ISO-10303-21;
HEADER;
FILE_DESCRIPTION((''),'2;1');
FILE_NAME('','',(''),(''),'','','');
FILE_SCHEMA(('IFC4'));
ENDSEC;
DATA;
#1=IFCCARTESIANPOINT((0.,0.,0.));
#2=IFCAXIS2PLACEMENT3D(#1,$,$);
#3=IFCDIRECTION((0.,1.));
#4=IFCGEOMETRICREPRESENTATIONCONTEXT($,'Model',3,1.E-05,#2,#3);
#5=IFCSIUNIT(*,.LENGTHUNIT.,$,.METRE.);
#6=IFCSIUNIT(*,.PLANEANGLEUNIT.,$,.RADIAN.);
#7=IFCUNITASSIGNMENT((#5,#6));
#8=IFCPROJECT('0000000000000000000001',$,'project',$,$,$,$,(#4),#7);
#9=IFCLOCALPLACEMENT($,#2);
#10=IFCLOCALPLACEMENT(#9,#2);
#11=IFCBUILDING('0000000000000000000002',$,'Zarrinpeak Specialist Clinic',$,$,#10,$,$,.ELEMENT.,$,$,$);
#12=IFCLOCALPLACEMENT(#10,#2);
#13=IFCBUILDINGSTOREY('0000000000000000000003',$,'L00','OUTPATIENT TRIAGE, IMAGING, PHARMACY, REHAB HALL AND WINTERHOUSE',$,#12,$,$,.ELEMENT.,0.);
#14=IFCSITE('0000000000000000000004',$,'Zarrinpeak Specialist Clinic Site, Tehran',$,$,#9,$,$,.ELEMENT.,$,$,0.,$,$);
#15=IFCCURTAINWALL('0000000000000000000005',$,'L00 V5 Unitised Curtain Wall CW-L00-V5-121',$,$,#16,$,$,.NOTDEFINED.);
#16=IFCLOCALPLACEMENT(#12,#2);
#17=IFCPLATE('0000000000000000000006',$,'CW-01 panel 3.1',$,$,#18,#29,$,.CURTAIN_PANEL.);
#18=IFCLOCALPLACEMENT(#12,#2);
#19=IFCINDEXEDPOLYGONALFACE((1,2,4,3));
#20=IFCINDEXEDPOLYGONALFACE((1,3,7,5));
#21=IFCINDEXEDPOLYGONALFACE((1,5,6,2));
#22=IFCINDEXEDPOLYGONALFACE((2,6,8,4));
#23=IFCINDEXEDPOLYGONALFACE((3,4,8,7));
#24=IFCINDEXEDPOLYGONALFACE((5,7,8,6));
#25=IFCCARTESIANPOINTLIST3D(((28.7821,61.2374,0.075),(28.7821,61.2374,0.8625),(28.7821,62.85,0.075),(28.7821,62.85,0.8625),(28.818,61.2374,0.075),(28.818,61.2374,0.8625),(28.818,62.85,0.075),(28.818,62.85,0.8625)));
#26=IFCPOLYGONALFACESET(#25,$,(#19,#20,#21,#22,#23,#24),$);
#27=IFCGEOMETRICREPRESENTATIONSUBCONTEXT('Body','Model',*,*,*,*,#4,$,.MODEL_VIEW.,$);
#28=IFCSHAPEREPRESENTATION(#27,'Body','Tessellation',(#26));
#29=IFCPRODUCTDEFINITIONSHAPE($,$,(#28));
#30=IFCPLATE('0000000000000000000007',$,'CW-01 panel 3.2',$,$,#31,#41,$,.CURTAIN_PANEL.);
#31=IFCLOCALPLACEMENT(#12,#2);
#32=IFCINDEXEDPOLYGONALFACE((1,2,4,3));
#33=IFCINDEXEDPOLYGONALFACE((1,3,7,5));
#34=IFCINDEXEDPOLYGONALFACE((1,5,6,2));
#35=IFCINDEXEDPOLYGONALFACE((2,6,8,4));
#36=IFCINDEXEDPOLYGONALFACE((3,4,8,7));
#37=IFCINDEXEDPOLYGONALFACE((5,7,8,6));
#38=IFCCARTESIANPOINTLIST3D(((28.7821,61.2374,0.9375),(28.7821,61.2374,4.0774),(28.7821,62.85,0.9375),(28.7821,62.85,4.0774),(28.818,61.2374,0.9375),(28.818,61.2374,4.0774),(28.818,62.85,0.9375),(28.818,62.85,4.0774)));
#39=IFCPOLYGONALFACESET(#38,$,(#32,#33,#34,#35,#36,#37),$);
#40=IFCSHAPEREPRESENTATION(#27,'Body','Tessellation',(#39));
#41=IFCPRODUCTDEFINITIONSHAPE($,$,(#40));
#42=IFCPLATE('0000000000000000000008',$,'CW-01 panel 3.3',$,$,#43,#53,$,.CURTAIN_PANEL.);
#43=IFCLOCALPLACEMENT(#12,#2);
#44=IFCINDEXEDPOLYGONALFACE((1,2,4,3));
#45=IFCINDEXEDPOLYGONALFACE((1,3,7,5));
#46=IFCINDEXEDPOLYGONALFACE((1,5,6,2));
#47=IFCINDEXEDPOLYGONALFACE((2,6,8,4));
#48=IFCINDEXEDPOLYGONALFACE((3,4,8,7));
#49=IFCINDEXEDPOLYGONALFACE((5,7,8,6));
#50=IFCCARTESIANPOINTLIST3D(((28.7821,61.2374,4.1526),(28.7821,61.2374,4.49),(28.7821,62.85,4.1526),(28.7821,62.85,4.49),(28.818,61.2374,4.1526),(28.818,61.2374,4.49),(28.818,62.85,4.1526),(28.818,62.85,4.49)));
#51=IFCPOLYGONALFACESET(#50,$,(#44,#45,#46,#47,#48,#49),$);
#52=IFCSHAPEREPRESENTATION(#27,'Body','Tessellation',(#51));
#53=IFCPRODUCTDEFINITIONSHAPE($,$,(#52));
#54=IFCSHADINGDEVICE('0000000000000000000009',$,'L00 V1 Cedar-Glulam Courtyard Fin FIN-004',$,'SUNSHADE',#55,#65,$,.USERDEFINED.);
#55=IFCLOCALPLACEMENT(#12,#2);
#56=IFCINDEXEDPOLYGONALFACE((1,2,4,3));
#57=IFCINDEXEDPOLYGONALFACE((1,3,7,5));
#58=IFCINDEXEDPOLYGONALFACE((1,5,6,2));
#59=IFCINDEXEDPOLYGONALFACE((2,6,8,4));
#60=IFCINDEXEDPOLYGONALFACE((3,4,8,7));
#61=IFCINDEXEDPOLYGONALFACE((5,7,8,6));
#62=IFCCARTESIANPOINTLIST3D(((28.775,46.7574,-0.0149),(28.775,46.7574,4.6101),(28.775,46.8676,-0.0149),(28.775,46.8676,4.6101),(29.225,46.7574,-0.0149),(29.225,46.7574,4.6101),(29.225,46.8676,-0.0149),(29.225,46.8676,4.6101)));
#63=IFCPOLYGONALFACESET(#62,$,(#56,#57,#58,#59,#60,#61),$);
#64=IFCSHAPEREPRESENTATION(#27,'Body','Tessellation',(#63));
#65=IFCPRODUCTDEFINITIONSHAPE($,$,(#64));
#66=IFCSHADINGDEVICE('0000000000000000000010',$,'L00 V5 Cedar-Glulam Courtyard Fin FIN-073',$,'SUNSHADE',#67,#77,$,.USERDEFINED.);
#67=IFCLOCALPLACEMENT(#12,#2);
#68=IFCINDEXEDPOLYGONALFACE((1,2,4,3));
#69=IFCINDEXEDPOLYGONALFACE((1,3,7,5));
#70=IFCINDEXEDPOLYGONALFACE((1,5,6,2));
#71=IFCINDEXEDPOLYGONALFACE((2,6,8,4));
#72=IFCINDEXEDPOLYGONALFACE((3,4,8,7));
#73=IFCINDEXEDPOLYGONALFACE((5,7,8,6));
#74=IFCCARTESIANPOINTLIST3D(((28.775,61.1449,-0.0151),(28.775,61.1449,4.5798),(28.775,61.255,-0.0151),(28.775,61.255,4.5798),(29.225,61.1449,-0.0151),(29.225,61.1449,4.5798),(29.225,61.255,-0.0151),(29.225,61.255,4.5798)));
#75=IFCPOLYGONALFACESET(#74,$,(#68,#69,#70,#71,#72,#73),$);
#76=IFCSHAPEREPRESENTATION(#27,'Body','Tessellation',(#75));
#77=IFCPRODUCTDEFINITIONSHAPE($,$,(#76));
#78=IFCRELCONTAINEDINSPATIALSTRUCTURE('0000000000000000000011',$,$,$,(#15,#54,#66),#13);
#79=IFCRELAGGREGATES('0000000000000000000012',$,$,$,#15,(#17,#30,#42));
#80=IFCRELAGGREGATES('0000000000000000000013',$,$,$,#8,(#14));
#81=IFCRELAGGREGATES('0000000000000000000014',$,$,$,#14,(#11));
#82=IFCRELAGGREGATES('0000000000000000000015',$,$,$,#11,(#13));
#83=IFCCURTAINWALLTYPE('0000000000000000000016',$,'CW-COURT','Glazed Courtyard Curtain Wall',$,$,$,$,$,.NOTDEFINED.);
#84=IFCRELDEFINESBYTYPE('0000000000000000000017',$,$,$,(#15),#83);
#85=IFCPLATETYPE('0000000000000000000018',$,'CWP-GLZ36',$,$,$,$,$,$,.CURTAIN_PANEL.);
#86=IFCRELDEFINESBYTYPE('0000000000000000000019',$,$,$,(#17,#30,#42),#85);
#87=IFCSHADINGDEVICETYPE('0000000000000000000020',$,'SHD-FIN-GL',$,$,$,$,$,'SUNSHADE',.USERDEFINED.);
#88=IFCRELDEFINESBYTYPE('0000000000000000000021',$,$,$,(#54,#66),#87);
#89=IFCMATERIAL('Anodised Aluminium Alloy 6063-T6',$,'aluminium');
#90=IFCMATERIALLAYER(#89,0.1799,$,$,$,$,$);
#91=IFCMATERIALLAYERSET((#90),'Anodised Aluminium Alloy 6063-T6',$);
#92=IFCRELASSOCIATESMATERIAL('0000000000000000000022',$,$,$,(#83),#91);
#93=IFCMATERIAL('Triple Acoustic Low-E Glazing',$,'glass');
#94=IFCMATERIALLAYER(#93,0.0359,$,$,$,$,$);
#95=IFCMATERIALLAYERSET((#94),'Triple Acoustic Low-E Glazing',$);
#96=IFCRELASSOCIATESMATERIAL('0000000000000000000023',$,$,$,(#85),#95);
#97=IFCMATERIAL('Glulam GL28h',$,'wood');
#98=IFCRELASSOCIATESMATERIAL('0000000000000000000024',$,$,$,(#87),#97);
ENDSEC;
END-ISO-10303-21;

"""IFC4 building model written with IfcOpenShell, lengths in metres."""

from ifc_helpers import new_model, si_unit, direction, frame, origin, origin_2d, place, context, subcontext, project, spatial, rectangle, extrude, material, layer, layer_set, type_object, element, aggregate, save


model = new_model("IFC4")

# Units and contexts
model_context = context("Model", 3, precision=1e-05, world=origin(), true_north=direction((0.0, 1.0)))
body_context = subcontext(model_context, "Body", "Model", "MODEL_VIEW")
ifc_project = project(units=[si_unit("LENGTHUNIT", "METRE"), si_unit("PLANEANGLEUNIT", "RADIAN")], contexts=[model_context])

# Site, building, storey
site_placement = place(None, origin())
site = spatial("IfcSite", under=ifc_project, at=site_placement, Name="Zarrinpeak Specialist Clinic Site, Tehran", CompositionType="ELEMENT", RefElevation=0.0)
building_placement = place(site_placement, origin())
building = spatial("IfcBuilding", under=site, at=building_placement, Name="Zarrinpeak Specialist Clinic", CompositionType="ELEMENT")
storey_placement = place(building_placement, origin())
storey = spatial("IfcBuildingStorey", under=building, at=storey_placement, Name="L00", Description="OUTPATIENT TRIAGE, IMAGING, PHARMACY, REHAB HALL AND WINTERHOUSE", CompositionType="ELEMENT", Elevation=0.0)

# Curtain wall, plates
ifc_material_1 = material(Name="Anodised Aluminium Alloy 6063-T6", Category="aluminium")
ifc_layer_1 = layer(ifc_material_1, 0.1799)
ifc_layer_set_1 = layer_set([ifc_layer_1], Name="Anodised Aluminium Alloy 6063-T6")
curtain_wall_type = type_object("IfcCurtainWallType", Name="CW-COURT", Description="Glazed Courtyard Curtain Wall", PredefinedType="NOTDEFINED", material=ifc_layer_set_1)
curtain_wall_placement = place(storey_placement, origin())
curtain_wall = element("IfcCurtainWall", 1, at=curtain_wall_placement, inside=storey, type_object=curtain_wall_type, Name="L00 V5 Unitised Curtain Wall CW-L00-V5-121", PredefinedType="NOTDEFINED")
ifc_material_2 = material(Name="Triple Acoustic Low-E Glazing", Category="glass")
ifc_layer_2 = layer(ifc_material_2, 0.0359)
ifc_layer_set_2 = layer_set([ifc_layer_2], Name="Triple Acoustic Low-E Glazing")
plate_type = type_object("IfcPlateType", Name="CWP-GLZ36", PredefinedType="CURTAIN_PANEL", material=ifc_layer_set_2)
plate_1_placement = place(storey_placement, frame((28.8, 62.0437, 0.075), z_axis=(0.0, 0.0, 1.0), x_axis=(0.0, 1.0, 0.0)))
plate_1 = element("IfcPlate", 2, at=plate_1_placement, type_object=plate_type, Name="CW-01 panel 3.1", PredefinedType="CURTAIN_PANEL", context=body_context, shape_type="SweptSolid", body=[
    extrude(rectangle(XDim=1.6125, YDim=0.0359, at=origin_2d()), origin(), (0.0, 0.0, 1.0), 0.7876),
])
plate_2_placement = place(storey_placement, frame((28.8, 62.0437, 0.9375), z_axis=(0.0, 0.0, 1.0), x_axis=(0.0, 1.0, 0.0)))
plate_2 = element("IfcPlate", 3, at=plate_2_placement, type_object=plate_type, Name="CW-01 panel 3.2", PredefinedType="CURTAIN_PANEL", context=body_context, shape_type="SweptSolid", body=[
    extrude(rectangle(XDim=1.6125, YDim=0.0359, at=origin_2d()), origin(), (0.0, 0.0, 1.0), 3.1399),
])
plate_3_placement = place(storey_placement, frame((28.8, 62.0437, 4.1526), z_axis=(0.0, 0.0, 1.0), x_axis=(0.0, 1.0, 0.0)))
plate_3 = element("IfcPlate", 4, at=plate_3_placement, type_object=plate_type, Name="CW-01 panel 3.3", PredefinedType="CURTAIN_PANEL", context=body_context, shape_type="SweptSolid", body=[
    extrude(rectangle(XDim=1.6125, YDim=0.0359, at=origin_2d()), origin(), (0.0, 0.0, 1.0), 0.3374),
])
aggregate(curtain_wall, [plate_1, plate_2, plate_3])

# Shading devices
ifc_material_3 = material(Name="Glulam GL28h", Category="wood")
shading_device_type = type_object("IfcShadingDeviceType", Name="SHD-FIN-GL", ElementType="SUNSHADE", PredefinedType="USERDEFINED", material=ifc_material_3)
shading_device_1_placement = place(storey_placement, frame((29.0, 46.8125, -0.0149), z_axis=(0.0, 0.0, 1.0), x_axis=(1.0, 0.0, 0.0)))
element("IfcShadingDevice", 5, at=shading_device_1_placement, inside=storey, type_object=shading_device_type, Name="L00 V1 Cedar-Glulam Courtyard Fin FIN-004", ObjectType="SUNSHADE", PredefinedType="USERDEFINED", context=body_context, shape_type="SweptSolid", body=[
    extrude(rectangle(XDim=0.45, YDim=0.1101, at=origin_2d()), origin(), (0.0, 0.0, 1.0), 4.625),
])
shading_device_2_placement = place(storey_placement, frame((29.0, 61.2, -0.0151), z_axis=(0.0, 0.0, 1.0), x_axis=(1.0, 0.0, 0.0)))
element("IfcShadingDevice", 6, at=shading_device_2_placement, inside=storey, type_object=shading_device_type, Name="L00 V5 Cedar-Glulam Courtyard Fin FIN-073", ObjectType="SUNSHADE", PredefinedType="USERDEFINED", context=body_context, shape_type="SweptSolid", body=[
    extrude(rectangle(XDim=0.45, YDim=0.1101, at=origin_2d()), origin(), (0.0, 0.0, 1.0), 4.595),
])

save(model, "model.ifc")
